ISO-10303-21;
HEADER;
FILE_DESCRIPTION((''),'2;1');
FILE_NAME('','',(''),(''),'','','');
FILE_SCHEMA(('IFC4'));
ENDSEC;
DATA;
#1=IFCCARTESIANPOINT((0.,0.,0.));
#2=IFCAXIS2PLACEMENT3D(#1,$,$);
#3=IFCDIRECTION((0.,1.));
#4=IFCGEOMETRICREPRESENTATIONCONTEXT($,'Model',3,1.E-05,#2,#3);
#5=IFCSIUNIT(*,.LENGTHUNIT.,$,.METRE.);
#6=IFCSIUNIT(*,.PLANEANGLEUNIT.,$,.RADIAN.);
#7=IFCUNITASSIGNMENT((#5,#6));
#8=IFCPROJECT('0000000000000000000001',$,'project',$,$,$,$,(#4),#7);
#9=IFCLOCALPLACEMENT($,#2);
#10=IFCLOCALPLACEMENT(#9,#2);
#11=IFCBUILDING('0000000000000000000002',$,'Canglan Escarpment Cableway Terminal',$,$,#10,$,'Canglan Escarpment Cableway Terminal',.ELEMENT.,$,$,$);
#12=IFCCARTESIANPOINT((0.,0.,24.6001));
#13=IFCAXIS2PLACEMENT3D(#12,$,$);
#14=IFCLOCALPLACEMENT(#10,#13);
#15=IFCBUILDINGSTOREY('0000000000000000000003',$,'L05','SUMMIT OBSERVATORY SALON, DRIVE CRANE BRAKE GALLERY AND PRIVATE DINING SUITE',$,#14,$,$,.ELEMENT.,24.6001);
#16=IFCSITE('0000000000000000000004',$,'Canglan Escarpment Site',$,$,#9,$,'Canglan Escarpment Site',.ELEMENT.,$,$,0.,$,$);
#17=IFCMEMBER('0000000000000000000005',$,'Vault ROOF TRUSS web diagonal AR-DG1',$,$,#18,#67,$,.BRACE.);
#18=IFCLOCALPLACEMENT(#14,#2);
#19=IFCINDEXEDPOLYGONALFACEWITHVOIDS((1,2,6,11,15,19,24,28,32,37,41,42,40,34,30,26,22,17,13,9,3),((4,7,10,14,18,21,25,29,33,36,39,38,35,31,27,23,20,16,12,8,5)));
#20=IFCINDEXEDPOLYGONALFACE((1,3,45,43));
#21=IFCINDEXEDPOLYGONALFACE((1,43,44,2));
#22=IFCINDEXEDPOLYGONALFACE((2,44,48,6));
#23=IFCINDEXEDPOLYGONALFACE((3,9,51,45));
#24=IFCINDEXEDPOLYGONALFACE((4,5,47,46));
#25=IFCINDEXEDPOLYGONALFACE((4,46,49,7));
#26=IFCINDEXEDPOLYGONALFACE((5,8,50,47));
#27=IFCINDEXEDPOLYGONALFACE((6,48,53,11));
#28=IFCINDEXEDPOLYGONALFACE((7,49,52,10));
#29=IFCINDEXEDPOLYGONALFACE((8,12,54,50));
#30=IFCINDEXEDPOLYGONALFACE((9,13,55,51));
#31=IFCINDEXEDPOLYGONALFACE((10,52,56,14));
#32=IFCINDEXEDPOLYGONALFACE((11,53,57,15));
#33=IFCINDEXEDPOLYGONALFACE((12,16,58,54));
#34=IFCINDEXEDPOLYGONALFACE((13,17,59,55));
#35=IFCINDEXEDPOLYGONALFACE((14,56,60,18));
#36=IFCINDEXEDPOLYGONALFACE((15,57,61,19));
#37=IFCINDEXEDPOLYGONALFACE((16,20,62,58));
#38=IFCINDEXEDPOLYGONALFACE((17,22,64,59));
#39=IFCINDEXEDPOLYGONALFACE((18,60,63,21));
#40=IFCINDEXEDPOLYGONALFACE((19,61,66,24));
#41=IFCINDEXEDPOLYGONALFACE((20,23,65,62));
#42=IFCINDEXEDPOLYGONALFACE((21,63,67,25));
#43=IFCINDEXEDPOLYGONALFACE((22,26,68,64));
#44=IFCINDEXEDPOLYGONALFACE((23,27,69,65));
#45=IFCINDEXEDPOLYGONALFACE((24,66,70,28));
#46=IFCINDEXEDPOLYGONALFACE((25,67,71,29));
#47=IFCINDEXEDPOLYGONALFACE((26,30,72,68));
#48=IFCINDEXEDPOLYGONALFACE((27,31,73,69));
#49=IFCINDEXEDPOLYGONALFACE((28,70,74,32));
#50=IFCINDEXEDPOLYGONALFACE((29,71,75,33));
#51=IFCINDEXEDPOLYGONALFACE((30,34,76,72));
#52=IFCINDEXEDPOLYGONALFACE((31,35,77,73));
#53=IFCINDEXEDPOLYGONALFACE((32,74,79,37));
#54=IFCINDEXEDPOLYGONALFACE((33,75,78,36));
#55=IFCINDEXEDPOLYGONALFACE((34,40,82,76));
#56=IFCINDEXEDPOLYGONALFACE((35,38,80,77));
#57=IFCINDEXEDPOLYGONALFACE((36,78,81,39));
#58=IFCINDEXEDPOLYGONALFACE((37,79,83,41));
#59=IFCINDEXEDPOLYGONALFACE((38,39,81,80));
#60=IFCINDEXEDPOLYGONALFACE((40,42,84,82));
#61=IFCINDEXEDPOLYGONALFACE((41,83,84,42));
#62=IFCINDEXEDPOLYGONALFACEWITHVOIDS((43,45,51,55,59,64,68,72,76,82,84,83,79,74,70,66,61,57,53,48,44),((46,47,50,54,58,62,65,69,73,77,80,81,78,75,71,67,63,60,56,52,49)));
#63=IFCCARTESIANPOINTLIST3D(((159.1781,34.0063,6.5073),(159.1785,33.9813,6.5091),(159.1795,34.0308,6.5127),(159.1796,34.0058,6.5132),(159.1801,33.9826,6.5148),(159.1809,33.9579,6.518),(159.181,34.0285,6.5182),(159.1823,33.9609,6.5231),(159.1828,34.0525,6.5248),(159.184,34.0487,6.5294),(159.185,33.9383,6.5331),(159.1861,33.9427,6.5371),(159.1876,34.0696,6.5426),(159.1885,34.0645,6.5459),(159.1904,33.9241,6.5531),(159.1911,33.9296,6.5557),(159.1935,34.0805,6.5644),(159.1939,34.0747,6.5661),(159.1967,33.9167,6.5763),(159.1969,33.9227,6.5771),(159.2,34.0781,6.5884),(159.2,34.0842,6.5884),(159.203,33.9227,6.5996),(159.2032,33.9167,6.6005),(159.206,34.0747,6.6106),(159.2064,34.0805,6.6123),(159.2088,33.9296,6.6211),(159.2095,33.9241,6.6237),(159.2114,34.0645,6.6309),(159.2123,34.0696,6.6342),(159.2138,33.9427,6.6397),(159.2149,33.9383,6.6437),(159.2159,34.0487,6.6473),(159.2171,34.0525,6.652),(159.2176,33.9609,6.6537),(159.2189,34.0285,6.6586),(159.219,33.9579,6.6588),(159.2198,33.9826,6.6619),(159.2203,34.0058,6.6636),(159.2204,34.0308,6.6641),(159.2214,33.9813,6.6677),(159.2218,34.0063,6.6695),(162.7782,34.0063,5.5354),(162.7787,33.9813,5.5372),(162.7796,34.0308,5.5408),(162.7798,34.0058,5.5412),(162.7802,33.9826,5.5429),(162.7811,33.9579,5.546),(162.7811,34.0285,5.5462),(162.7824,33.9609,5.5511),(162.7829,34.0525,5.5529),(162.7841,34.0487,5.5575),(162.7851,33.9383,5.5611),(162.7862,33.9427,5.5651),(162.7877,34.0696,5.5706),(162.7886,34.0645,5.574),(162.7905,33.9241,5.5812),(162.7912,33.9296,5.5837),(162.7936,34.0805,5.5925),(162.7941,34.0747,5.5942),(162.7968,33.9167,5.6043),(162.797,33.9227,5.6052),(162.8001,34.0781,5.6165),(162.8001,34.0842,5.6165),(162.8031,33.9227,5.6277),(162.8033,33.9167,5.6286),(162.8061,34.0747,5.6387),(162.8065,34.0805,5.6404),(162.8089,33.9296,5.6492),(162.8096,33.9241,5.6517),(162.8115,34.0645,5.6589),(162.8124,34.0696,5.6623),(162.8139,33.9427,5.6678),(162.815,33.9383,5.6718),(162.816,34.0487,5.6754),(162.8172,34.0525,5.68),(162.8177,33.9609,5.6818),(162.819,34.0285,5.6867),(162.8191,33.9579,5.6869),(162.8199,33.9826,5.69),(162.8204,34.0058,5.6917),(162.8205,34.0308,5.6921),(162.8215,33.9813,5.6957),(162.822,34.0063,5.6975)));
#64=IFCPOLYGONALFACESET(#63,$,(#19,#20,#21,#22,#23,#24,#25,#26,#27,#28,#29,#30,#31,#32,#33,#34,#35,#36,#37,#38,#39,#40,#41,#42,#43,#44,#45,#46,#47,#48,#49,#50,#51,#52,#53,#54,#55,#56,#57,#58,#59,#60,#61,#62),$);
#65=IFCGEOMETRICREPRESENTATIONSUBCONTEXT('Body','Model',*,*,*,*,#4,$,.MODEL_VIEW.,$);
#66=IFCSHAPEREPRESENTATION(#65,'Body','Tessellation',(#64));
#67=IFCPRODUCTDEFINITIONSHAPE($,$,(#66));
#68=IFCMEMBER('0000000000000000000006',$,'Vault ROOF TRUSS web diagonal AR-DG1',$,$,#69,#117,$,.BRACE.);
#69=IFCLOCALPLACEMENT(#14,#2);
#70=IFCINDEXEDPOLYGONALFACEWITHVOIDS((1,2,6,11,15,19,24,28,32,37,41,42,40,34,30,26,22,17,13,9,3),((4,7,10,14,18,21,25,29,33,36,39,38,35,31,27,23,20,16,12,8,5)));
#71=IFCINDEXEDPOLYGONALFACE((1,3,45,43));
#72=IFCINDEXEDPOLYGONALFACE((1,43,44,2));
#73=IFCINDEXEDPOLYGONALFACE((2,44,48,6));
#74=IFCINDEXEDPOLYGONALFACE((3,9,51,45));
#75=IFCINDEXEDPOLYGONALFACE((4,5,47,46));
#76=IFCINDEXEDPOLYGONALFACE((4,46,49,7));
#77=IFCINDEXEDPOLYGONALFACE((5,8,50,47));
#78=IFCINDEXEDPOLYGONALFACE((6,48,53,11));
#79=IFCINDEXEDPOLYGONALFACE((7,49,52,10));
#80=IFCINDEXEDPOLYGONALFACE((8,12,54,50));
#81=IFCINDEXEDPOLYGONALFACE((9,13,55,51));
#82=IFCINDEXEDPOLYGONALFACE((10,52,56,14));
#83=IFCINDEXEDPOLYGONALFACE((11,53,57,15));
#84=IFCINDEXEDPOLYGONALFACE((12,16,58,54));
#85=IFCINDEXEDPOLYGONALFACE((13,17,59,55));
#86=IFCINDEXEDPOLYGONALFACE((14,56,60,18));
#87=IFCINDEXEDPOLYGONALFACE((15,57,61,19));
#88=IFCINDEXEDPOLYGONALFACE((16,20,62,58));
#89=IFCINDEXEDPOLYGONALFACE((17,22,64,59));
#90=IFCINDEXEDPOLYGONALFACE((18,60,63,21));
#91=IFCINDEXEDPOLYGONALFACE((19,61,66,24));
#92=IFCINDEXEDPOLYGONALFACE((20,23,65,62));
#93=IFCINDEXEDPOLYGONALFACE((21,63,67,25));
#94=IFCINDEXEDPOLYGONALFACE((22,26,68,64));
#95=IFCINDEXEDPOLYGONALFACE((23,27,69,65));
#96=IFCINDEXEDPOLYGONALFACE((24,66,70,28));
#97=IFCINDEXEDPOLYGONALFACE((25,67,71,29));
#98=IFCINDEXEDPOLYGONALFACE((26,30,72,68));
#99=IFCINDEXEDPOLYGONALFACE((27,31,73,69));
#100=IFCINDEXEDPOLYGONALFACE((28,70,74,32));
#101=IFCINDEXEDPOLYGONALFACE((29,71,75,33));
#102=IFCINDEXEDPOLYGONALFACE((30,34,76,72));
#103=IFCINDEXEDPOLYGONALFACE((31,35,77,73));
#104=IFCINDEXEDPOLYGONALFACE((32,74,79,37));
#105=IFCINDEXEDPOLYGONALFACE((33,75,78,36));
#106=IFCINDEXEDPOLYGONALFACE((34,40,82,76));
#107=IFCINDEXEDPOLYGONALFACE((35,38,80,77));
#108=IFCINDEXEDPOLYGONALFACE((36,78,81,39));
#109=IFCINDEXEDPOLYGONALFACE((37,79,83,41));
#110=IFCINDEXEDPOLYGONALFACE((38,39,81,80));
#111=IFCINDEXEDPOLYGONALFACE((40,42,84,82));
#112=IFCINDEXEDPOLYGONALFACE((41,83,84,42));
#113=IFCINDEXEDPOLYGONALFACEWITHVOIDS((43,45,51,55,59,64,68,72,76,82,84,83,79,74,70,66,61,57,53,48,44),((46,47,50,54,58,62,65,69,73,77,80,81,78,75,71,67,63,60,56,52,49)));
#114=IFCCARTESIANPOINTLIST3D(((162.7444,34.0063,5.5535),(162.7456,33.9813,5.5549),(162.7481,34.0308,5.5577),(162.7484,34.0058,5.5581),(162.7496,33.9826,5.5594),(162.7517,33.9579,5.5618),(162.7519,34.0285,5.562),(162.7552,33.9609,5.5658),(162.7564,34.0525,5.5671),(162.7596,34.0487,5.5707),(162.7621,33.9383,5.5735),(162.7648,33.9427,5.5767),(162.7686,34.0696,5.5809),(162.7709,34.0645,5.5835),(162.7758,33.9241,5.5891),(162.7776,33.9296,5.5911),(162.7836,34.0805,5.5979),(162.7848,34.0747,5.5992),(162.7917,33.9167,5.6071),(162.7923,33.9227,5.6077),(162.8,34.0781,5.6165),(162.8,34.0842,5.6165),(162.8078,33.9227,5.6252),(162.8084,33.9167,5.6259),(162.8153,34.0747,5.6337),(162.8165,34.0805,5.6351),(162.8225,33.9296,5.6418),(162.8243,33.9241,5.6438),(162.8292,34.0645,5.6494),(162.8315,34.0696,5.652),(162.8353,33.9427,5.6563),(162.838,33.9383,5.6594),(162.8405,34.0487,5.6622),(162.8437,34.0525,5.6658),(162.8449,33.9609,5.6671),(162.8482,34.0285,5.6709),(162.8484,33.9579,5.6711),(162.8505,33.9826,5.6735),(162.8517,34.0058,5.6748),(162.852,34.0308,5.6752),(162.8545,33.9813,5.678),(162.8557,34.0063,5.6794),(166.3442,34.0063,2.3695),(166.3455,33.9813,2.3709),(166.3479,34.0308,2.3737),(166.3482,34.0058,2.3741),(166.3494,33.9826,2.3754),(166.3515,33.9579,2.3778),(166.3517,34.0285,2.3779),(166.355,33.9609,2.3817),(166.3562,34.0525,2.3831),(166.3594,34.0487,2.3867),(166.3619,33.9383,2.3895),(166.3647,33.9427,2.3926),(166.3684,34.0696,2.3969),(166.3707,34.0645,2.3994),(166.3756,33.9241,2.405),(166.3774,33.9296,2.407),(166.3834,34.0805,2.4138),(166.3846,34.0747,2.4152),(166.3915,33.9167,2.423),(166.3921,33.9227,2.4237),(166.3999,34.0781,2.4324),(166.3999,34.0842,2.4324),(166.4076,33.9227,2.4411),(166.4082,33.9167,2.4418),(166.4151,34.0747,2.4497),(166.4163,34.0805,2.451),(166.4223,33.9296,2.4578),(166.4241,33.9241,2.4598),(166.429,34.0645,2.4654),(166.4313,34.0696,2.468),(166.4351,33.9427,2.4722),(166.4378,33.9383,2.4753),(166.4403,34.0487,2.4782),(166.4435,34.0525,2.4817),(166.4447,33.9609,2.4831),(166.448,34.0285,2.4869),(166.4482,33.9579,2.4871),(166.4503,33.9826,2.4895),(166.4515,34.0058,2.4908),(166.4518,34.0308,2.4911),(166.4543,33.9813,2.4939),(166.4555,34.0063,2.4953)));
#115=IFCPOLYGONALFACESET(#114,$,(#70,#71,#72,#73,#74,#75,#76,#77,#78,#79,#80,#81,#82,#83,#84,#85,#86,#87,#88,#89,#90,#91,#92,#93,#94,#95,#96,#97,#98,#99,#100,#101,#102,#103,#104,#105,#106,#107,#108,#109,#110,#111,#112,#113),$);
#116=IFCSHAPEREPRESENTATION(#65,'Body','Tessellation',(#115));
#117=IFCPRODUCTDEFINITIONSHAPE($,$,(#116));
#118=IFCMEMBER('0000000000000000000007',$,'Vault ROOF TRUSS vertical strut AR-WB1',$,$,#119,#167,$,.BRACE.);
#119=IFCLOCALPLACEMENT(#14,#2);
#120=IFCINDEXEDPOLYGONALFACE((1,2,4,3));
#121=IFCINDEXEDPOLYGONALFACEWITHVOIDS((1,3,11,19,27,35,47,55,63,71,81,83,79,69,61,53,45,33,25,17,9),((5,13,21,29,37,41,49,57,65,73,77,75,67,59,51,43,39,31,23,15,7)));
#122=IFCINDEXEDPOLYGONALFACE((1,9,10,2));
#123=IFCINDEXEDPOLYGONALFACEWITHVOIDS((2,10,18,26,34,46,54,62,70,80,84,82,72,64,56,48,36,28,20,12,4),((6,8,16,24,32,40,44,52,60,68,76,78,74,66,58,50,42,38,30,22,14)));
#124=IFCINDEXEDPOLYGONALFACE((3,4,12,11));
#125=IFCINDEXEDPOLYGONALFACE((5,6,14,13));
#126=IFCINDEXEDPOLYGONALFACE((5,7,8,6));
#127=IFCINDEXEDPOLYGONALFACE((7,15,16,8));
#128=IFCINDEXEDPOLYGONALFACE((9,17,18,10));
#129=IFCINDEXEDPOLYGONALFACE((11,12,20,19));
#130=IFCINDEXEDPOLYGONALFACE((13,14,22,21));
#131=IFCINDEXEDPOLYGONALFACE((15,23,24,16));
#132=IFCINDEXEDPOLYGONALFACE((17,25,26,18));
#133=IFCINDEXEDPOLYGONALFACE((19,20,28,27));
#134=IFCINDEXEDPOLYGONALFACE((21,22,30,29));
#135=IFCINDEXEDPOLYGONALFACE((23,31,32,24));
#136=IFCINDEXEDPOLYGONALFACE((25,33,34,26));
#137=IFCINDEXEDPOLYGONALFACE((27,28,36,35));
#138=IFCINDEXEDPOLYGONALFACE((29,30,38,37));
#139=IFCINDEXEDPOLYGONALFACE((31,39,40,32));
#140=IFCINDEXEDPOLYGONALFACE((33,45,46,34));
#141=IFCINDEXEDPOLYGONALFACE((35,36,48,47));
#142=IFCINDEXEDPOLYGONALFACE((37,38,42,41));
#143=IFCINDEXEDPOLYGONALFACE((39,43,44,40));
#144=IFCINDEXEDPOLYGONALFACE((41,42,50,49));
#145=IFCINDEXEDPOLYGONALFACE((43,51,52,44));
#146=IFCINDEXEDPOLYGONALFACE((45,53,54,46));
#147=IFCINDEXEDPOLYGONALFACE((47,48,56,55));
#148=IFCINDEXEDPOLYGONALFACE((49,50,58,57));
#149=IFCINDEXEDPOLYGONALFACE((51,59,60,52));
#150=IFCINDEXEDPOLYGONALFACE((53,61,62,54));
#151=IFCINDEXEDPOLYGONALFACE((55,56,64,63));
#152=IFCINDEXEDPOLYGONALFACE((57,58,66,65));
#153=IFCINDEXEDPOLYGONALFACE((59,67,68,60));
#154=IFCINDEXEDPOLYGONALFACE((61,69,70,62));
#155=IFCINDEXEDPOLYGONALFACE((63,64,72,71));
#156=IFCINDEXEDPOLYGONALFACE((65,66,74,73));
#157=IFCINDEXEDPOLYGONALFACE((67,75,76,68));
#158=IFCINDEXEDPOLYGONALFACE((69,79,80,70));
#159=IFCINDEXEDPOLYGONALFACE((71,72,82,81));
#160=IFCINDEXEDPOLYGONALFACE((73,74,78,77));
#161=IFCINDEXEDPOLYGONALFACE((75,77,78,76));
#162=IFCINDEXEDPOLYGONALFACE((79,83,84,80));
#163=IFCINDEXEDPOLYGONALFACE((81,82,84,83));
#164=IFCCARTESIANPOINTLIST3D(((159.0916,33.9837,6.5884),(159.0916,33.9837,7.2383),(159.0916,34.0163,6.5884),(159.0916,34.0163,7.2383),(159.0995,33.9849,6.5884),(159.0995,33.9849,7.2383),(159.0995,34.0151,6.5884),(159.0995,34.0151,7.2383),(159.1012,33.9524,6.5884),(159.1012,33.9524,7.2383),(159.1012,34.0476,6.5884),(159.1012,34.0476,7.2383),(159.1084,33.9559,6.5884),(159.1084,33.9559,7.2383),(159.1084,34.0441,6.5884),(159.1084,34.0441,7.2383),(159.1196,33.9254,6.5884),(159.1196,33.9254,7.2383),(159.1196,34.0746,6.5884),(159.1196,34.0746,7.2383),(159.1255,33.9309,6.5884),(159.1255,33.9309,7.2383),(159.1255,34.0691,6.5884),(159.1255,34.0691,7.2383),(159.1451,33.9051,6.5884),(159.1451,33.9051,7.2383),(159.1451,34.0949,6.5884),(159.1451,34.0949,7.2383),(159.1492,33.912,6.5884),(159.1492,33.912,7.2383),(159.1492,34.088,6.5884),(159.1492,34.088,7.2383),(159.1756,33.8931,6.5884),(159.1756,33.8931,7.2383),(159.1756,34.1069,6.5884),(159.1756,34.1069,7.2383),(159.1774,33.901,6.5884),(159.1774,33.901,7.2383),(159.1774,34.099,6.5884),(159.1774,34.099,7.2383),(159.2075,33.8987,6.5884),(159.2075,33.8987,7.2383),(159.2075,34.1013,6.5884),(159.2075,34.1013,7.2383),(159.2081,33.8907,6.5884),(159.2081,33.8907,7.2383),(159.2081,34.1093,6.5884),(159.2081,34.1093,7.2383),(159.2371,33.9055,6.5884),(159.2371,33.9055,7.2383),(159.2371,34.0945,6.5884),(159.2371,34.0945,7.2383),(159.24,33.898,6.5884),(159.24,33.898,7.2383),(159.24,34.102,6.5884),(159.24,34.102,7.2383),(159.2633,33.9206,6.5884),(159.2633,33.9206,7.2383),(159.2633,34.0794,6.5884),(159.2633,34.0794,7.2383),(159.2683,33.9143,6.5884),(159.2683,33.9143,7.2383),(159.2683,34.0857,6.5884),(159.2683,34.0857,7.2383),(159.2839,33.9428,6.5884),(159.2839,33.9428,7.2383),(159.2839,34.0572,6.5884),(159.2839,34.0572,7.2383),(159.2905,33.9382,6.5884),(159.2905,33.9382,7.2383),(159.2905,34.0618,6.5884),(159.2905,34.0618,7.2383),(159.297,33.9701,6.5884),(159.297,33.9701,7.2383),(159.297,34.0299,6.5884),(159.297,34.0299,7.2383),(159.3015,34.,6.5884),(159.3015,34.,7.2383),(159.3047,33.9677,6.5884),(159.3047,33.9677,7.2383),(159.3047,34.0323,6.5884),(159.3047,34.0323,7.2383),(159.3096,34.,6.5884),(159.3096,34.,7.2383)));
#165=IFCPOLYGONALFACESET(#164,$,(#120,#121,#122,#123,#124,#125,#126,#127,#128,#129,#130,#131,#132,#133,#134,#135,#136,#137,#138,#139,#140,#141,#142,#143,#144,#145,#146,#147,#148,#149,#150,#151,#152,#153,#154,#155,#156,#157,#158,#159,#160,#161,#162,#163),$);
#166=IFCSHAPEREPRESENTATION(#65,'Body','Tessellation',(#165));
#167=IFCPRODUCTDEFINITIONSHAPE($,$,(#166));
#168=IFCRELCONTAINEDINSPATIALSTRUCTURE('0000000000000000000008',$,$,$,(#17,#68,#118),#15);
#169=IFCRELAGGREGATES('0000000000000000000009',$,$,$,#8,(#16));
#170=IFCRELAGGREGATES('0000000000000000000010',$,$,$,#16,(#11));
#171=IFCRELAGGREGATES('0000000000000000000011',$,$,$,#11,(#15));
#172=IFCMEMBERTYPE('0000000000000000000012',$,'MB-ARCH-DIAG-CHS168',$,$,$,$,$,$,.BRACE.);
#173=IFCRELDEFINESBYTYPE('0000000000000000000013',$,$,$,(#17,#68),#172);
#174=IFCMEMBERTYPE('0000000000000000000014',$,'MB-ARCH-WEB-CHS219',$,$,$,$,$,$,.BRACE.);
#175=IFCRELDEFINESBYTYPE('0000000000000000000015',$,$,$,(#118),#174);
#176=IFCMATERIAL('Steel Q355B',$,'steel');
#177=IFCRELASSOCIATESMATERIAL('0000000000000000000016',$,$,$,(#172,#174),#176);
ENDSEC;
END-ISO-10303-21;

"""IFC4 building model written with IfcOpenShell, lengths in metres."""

from ifc_helpers import new_model, si_unit, direction, frame, origin, origin_2d, place, context, subcontext, project, spatial, hollow_circle, extrude, material, material_profile, profile_set, type_object, element, save


model = new_model("IFC4")

# Units and contexts
model_context = context("Model", 3, precision=1e-05, world=origin(), true_north=direction((0.0, 1.0)))
body_context = subcontext(model_context, "Body", "Model", "MODEL_VIEW")
ifc_project = project(units=[si_unit("LENGTHUNIT", "METRE"), si_unit("PLANEANGLEUNIT", "RADIAN")], contexts=[model_context])

# Site, building, storey
site_placement = place(None, origin())
site = spatial("IfcSite", under=ifc_project, at=site_placement, Name="Canglan Escarpment Site", LongName="Canglan Escarpment Site", CompositionType="ELEMENT", RefElevation=0.0)
building_placement = place(site_placement, origin())
building = spatial("IfcBuilding", under=site, at=building_placement, Name="Canglan Escarpment Cableway Terminal", LongName="Canglan Escarpment Cableway Terminal", CompositionType="ELEMENT")
storey_placement = place(building_placement, frame((0.0, 0.0, 24.6001)))
storey = spatial("IfcBuildingStorey", under=building, at=storey_placement, Name="L05", Description="SUMMIT OBSERVATORY SALON, DRIVE CRANE BRAKE GALLERY AND PRIVATE DINING SUITE", CompositionType="ELEMENT", Elevation=24.6001)

# Shared definitions
ifc_material_1 = material(Name="Steel Q355B", Category="steel")

# Members
ifc_material_profile_1 = material_profile(ifc_material_1, hollow_circle(Radius=0.0842, WallThickness=0.0061, at=origin_2d()), Name="CHS 168.3x6")
ifc_profile_set_1 = profile_set([ifc_material_profile_1], Name="Steel Q355B")
member_type_1 = type_object("IfcMemberType", Name="MB-ARCH-DIAG-CHS168", PredefinedType="BRACE", material=ifc_profile_set_1)
member_1_placement = place(storey_placement, frame((159.2, 34.0, 6.5884), z_axis=(0.965436, 0.0, -0.26064), x_axis=(0.0, 1.0, 0.0)))
element("IfcMember", 1, at=member_1_placement, inside=storey, type_object=member_type_1, Name="Vault ROOF TRUSS web diagonal AR-DG1", PredefinedType="BRACE", context=body_context, shape_type="SweptSolid", body=[
    extrude(hollow_circle(Radius=0.0842, WallThickness=0.0061, at=origin_2d()), origin(), (0.0, 0.0, 1.0), 3.729),
])
member_2_placement = place(storey_placement, frame((162.8, 34.0, 5.6165), z_axis=(0.749038, 0.0, -0.662527), x_axis=(0.0, 1.0, 0.0)))
element("IfcMember", 2, at=member_2_placement, inside=storey, type_object=member_type_1, Name="Vault ROOF TRUSS web diagonal AR-DG1", PredefinedType="BRACE", context=body_context, shape_type="SweptSolid", body=[
    extrude(hollow_circle(Radius=0.0842, WallThickness=0.0061, at=origin_2d()), origin(), (0.0, 0.0, 1.0), 4.8059),
])
ifc_material_profile_2 = material_profile(ifc_material_1, hollow_circle(Radius=0.1096, WallThickness=0.0081, at=origin_2d()), Name="CHS 219.1x8")
ifc_profile_set_2 = profile_set([ifc_material_profile_2], Name="Steel Q355B")
member_type_2 = type_object("IfcMemberType", Name="MB-ARCH-WEB-CHS219", PredefinedType="BRACE", material=ifc_profile_set_2)
for number, where, z_axis, x_axis, name in (
    (3, (159.2, 34.0, 6.5884), (0.0, 0.0, 1.0), (1.0, 0.0, 0.0), "Vault ROOF TRUSS vertical strut AR-WB1"),
):
    element("IfcMember", number, at=place(storey_placement, frame(where, z_axis=z_axis, x_axis=x_axis)), inside=storey, type_object=member_type_2, Name=name, PredefinedType="BRACE", context=body_context, shape_type="SweptSolid", body=[
        extrude(hollow_circle(Radius=0.1096, WallThickness=0.0081, at=origin_2d()), origin(), (0.0, 0.0, 1.0), 0.6499),
    ])

save(model, "model.ifc")
